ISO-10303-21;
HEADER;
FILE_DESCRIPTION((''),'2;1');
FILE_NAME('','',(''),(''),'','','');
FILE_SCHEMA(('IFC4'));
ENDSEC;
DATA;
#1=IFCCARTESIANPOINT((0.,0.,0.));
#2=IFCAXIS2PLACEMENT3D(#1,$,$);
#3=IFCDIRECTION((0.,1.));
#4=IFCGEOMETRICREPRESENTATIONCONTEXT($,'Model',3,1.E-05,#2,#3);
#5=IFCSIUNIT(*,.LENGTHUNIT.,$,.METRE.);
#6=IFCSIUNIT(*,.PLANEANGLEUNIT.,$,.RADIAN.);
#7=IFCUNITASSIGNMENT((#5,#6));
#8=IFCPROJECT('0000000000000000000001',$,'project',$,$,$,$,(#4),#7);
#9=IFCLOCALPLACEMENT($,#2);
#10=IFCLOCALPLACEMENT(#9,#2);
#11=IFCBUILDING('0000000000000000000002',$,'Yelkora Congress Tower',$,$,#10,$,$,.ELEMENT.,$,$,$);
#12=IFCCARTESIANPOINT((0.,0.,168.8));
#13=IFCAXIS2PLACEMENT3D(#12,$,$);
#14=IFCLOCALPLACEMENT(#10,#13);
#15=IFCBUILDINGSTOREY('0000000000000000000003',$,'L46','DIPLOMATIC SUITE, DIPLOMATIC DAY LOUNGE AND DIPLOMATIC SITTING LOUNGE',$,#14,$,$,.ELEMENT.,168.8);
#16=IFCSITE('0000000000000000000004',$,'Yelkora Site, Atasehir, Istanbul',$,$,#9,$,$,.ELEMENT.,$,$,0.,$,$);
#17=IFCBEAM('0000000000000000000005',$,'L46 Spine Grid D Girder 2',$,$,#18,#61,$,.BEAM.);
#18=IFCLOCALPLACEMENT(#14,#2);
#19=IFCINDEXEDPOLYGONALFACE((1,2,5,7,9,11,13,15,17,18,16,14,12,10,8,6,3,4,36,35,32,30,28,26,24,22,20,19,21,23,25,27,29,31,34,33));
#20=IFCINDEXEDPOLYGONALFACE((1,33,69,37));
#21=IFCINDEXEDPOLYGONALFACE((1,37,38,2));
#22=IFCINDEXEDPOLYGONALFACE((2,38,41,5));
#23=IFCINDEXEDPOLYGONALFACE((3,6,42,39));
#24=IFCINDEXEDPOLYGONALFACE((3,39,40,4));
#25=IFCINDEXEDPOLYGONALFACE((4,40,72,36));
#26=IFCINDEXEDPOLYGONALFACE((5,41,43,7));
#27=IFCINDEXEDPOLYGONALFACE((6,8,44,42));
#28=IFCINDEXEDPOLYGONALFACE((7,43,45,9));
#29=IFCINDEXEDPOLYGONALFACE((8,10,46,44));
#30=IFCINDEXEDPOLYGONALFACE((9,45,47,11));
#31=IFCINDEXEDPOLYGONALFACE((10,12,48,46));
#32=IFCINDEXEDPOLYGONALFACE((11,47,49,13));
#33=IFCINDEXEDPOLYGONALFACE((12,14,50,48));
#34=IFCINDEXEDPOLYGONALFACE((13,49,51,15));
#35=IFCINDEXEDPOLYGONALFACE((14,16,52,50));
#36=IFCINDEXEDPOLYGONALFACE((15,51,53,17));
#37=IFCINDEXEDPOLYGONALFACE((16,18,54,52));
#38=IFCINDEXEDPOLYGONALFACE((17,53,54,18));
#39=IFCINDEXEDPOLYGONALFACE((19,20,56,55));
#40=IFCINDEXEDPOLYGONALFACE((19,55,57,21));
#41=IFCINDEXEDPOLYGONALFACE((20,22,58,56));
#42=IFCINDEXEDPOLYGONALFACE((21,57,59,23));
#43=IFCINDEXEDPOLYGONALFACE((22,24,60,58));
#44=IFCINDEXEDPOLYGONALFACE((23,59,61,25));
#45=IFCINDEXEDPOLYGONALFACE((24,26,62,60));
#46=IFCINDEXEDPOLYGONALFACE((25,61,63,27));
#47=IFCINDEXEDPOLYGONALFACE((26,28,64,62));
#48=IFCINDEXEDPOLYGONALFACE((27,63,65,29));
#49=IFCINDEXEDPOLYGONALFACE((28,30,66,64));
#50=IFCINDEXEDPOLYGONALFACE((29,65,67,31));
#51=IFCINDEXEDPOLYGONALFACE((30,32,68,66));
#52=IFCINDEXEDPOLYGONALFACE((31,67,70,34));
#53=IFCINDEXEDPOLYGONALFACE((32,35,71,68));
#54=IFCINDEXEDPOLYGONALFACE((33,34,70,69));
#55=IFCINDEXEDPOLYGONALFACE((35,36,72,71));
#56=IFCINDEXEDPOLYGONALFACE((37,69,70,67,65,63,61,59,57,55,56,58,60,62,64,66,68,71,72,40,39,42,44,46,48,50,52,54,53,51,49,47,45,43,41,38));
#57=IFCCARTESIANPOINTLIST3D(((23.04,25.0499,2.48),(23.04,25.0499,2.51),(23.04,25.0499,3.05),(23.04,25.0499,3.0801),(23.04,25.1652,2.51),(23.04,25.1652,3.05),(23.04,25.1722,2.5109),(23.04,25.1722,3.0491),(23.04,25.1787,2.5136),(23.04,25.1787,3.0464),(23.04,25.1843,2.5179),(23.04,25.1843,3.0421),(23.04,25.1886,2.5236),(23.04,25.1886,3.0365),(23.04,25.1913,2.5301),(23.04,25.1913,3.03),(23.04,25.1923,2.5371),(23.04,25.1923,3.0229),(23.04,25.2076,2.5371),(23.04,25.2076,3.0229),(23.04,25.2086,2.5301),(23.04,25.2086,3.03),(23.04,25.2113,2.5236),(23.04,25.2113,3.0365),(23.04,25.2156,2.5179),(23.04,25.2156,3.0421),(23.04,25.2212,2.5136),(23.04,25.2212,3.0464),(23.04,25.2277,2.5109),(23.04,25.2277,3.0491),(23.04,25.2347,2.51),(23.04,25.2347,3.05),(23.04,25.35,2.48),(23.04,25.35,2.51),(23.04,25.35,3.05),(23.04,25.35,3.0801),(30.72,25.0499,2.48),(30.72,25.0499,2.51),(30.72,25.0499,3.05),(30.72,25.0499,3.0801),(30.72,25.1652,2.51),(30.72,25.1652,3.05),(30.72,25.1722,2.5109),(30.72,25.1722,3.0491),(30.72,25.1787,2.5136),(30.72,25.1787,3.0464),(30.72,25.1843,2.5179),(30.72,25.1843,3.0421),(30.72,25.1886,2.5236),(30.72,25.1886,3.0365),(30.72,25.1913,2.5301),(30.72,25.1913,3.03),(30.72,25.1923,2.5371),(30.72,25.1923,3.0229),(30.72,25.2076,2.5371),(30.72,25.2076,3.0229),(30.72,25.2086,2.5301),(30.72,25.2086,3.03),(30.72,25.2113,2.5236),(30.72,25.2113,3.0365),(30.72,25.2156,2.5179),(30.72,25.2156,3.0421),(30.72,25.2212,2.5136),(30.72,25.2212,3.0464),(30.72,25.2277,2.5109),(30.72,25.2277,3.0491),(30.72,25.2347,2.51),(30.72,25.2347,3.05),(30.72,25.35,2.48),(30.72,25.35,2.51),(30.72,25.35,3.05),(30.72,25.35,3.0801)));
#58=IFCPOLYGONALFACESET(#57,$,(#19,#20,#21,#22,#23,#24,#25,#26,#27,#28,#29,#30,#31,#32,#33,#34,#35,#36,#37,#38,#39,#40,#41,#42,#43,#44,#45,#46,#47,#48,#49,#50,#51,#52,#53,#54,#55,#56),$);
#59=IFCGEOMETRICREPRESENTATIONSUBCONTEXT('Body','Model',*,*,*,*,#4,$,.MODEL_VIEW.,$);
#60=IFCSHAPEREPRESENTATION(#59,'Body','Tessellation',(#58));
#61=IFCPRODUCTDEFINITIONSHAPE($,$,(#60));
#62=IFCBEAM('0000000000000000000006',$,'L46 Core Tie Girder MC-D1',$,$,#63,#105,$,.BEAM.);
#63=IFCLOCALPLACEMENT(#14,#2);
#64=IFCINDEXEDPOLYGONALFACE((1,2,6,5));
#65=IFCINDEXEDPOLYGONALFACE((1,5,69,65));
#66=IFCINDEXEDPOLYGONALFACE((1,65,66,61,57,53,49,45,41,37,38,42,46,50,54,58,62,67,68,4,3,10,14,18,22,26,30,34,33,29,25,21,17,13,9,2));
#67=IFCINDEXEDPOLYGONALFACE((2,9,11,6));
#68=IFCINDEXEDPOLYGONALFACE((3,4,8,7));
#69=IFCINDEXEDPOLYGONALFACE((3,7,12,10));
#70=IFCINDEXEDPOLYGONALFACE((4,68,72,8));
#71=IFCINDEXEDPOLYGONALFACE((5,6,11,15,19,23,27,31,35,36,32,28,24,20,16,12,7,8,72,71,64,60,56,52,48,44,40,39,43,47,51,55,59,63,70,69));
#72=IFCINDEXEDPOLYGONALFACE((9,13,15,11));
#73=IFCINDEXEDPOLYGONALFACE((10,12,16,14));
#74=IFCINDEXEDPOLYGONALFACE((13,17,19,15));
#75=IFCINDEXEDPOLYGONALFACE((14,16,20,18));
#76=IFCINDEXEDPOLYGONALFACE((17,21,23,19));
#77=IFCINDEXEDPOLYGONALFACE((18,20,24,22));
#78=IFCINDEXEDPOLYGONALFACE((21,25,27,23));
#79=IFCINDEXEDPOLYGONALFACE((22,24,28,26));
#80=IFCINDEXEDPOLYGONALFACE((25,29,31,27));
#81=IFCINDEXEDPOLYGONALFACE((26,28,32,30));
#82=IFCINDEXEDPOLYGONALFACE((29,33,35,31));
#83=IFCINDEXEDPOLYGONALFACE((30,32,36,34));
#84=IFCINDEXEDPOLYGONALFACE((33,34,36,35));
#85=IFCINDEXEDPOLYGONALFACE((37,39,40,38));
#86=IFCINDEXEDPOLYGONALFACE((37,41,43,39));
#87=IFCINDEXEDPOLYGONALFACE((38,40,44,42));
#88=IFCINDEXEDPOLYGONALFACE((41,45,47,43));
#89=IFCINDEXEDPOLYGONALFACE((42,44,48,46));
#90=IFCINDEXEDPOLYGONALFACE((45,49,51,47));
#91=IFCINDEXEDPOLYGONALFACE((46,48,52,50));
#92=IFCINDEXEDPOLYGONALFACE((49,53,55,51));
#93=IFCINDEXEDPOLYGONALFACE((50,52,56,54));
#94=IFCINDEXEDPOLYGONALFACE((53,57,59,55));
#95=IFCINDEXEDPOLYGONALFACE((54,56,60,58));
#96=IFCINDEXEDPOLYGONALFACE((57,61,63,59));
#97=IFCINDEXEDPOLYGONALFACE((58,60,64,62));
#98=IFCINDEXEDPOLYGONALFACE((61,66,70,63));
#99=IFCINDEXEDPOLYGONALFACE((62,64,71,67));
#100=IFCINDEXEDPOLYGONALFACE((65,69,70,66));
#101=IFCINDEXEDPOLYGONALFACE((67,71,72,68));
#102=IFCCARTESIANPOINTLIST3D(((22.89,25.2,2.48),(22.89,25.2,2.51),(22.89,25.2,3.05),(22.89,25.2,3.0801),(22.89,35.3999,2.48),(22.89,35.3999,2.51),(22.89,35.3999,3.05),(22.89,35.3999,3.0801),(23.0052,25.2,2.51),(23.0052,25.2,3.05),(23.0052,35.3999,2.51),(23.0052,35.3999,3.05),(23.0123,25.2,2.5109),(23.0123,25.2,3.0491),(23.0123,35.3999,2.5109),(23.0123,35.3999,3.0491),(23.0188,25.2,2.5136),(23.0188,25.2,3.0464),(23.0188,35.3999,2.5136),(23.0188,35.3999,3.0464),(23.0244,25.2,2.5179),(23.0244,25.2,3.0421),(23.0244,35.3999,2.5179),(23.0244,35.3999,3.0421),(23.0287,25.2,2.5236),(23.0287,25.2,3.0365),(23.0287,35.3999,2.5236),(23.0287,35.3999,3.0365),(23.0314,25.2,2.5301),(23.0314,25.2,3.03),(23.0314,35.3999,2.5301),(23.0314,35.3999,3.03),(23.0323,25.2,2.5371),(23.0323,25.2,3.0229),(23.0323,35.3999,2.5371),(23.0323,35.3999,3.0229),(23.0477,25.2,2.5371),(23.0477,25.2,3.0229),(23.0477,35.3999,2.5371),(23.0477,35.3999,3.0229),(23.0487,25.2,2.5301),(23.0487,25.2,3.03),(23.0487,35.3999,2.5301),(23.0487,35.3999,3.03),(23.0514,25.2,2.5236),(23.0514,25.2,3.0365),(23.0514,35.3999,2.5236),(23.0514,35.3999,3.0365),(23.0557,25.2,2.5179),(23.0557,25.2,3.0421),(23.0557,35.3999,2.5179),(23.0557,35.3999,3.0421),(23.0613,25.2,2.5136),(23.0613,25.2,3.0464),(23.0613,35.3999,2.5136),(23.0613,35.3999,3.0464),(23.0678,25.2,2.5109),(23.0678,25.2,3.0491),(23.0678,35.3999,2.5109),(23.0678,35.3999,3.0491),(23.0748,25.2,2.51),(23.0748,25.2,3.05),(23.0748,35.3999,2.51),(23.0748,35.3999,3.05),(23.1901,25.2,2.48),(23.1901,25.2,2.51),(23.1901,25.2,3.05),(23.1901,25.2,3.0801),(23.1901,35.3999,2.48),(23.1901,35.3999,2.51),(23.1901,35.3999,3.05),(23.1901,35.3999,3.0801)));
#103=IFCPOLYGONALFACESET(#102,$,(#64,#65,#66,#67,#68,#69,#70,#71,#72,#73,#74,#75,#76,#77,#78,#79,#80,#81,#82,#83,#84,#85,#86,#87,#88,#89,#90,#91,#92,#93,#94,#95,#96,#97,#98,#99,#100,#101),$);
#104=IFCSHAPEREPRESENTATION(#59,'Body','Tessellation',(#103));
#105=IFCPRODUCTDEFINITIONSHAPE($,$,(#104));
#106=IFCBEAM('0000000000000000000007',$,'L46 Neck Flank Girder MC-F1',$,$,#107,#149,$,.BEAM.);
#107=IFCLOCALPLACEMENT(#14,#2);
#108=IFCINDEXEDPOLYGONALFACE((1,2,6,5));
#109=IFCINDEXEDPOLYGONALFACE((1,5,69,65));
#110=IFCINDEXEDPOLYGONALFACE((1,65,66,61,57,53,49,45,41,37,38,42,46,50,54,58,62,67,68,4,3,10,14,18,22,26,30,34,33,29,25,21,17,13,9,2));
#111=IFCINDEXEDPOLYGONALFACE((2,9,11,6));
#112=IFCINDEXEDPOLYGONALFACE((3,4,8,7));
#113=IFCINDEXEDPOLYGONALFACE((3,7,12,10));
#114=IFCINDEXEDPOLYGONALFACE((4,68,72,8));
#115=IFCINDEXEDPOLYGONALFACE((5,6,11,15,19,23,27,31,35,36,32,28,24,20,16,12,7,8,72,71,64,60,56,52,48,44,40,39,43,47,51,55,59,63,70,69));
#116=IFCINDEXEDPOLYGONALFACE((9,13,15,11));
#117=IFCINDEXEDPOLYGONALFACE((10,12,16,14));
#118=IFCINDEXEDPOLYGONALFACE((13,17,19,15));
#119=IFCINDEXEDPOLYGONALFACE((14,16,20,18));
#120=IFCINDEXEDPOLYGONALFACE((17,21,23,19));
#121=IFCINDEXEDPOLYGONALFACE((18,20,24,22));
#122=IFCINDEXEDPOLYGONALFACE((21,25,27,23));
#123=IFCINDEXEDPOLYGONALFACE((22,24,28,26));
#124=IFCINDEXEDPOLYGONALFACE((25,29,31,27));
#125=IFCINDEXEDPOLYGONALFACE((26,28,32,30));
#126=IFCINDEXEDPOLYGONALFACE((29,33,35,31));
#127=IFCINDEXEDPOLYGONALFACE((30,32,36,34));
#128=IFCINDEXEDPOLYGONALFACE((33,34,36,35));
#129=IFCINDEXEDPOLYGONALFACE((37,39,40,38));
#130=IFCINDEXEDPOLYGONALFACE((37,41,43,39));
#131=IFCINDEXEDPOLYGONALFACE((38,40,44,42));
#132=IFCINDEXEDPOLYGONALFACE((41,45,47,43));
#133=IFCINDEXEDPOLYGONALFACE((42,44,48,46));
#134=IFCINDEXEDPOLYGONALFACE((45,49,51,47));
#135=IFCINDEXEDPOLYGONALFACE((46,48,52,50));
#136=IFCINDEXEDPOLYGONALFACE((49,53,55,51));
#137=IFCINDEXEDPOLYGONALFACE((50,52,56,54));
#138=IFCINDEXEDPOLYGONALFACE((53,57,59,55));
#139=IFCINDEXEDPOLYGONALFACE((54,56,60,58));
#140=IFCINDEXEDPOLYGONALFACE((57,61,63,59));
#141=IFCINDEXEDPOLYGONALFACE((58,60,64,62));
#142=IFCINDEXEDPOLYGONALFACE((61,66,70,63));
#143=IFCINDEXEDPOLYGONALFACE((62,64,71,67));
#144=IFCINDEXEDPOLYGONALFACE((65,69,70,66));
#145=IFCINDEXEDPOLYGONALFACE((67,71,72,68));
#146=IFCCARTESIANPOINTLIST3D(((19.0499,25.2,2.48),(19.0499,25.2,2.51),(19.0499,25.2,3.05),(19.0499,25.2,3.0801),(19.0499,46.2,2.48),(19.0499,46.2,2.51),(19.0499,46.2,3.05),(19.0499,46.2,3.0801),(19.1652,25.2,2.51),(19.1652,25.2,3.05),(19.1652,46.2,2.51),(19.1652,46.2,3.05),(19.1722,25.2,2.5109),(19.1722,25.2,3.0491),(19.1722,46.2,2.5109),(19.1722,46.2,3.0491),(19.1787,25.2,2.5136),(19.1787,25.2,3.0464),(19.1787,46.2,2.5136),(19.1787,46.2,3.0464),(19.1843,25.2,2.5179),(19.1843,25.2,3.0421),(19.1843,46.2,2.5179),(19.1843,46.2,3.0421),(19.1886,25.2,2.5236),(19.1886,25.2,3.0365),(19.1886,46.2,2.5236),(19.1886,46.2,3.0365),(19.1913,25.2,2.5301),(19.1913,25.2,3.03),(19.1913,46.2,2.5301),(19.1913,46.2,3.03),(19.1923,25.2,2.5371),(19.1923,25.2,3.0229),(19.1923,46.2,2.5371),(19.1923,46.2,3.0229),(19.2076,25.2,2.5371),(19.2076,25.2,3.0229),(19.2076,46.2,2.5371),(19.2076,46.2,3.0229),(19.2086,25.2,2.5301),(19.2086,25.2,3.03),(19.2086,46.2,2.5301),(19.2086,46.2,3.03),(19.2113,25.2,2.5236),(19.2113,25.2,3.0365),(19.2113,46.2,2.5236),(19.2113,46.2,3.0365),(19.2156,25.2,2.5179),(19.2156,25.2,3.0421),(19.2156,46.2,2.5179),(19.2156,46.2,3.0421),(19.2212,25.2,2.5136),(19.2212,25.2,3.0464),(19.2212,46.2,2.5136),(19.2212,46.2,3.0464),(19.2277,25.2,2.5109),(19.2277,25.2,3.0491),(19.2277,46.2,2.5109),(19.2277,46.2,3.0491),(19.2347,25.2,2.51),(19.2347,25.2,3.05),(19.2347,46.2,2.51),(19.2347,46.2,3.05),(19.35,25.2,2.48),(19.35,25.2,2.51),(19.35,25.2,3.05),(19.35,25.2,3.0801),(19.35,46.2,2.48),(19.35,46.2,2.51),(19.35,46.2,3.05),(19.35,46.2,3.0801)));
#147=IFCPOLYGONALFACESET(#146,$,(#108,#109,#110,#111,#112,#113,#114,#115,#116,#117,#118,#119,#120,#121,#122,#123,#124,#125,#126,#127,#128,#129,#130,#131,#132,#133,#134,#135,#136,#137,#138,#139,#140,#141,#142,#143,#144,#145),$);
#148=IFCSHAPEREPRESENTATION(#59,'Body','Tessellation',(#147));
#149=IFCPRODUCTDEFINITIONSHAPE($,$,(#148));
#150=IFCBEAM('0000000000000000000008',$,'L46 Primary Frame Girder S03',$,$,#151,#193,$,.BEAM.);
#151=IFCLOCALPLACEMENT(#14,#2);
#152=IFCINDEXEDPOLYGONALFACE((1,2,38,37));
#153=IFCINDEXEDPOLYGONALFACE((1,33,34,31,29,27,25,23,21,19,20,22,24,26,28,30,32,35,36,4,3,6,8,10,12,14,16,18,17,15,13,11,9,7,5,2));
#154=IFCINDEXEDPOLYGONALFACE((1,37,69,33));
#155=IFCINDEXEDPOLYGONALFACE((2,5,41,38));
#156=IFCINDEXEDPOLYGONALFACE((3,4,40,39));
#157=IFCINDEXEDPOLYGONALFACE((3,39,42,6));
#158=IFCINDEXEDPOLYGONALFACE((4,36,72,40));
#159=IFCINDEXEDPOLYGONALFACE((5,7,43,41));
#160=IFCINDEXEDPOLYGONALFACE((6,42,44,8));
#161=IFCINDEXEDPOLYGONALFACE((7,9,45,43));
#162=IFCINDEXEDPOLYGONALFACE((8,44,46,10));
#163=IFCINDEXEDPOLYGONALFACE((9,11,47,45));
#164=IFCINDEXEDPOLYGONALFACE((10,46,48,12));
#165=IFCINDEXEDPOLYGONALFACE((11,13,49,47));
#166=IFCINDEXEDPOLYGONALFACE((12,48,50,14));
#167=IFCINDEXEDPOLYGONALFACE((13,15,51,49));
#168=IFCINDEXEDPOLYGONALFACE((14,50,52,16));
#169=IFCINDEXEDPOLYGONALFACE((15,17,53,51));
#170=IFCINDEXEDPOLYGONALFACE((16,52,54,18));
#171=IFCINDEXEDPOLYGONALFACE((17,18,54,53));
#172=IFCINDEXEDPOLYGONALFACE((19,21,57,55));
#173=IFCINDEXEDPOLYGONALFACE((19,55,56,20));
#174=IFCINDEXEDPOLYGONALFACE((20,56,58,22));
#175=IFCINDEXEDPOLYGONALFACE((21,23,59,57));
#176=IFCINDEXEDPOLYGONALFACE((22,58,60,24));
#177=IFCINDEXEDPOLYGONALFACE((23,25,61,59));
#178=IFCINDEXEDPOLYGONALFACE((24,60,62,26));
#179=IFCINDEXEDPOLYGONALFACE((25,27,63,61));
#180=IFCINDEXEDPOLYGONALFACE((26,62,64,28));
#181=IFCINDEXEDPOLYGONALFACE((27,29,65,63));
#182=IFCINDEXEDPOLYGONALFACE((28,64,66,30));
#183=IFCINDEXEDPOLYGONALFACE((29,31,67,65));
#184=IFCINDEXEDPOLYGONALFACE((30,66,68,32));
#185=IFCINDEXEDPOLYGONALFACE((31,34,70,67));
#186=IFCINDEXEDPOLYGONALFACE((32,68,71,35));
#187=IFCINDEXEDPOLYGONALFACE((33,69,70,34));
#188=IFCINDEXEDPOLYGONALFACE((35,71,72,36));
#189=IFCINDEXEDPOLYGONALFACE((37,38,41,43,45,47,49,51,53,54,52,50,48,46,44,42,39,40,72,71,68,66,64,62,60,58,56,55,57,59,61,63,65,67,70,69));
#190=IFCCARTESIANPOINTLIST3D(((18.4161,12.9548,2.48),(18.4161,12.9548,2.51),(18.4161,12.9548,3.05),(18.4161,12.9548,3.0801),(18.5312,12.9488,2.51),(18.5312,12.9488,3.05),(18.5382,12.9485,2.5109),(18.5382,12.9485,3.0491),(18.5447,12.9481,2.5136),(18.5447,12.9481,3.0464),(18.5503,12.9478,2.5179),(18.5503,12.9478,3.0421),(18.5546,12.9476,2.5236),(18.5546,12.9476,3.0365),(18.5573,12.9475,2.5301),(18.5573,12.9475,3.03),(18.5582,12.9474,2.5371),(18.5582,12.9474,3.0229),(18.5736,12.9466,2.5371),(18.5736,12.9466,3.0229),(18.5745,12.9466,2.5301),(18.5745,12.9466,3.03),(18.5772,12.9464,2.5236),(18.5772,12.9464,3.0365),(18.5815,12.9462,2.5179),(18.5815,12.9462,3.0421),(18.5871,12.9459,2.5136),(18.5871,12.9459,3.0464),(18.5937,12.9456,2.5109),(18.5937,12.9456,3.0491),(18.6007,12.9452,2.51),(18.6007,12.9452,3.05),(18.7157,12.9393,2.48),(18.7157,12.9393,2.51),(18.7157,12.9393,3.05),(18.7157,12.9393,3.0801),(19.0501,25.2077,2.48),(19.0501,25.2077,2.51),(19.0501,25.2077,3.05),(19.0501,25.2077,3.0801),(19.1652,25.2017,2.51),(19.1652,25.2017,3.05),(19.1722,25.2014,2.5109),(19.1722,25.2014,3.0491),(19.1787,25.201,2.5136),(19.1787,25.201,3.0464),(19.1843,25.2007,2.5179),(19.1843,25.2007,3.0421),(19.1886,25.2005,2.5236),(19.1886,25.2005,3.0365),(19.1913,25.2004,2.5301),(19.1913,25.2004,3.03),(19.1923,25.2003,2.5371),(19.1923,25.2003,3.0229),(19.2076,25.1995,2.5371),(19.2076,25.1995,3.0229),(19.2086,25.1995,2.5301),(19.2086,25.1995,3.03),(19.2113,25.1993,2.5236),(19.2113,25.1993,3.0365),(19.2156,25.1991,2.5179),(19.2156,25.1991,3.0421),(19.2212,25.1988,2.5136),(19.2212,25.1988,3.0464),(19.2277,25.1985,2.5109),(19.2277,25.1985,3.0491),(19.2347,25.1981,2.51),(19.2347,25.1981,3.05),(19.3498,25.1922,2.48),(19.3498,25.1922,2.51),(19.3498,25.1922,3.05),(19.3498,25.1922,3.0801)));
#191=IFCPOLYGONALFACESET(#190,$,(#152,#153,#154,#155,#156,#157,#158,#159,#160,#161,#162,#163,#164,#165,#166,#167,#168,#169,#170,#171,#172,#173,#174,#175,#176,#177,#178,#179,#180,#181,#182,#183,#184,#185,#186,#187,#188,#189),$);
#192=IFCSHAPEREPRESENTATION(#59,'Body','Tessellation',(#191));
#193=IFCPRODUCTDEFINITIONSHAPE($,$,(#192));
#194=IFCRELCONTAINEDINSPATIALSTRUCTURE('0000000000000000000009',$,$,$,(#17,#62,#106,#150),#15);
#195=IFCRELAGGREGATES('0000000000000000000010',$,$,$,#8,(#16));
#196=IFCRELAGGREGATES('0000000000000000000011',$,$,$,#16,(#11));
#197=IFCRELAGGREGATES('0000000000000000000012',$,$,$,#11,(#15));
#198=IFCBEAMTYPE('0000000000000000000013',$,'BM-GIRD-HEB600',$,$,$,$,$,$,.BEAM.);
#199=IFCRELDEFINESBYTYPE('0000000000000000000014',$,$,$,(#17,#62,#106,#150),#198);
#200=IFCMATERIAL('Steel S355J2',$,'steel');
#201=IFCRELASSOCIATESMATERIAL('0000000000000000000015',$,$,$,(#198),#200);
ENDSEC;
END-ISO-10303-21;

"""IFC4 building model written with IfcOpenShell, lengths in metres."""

from ifc_helpers import new_model, si_unit, direction, frame, origin, origin_2d, place, context, subcontext, project, spatial, i_section, extrude, material, material_profile, profile_set, type_object, element, save


model = new_model("IFC4")

# Units and contexts
model_context = context("Model", 3, precision=1e-05, world=origin(), true_north=direction((0.0, 1.0)))
body_context = subcontext(model_context, "Body", "Model", "MODEL_VIEW")
ifc_project = project(units=[si_unit("LENGTHUNIT", "METRE"), si_unit("PLANEANGLEUNIT", "RADIAN")], contexts=[model_context])

# Site, building, storey
site_placement = place(None, origin())
site = spatial("IfcSite", under=ifc_project, at=site_placement, Name="Yelkora Site, Atasehir, Istanbul", CompositionType="ELEMENT", RefElevation=0.0)
building_placement = place(site_placement, origin())
building = spatial("IfcBuilding", under=site, at=building_placement, Name="Yelkora Congress Tower", CompositionType="ELEMENT")
storey_placement = place(building_placement, frame((0.0, 0.0, 168.8)))
storey = spatial("IfcBuildingStorey", under=building, at=storey_placement, Name="L46", Description="DIPLOMATIC SUITE, DIPLOMATIC DAY LOUNGE AND DIPLOMATIC SITTING LOUNGE", CompositionType="ELEMENT", Elevation=168.8)

# Beams
ifc_material_1 = material(Name="Steel S355J2", Category="steel")
ifc_material_profile_1 = material_profile(ifc_material_1, i_section(OverallWidth=0.3, OverallDepth=0.6001, WebThickness=0.0154, FlangeThickness=0.03, FilletRadius=0.0271, at=origin_2d()), Name="HEB 600")
ifc_profile_set_1 = profile_set([ifc_material_profile_1], Name="Steel S355J2")
beam_type_1 = type_object("IfcBeamType", Name="BM-GIRD-HEB600", PredefinedType="BEAM", material=ifc_profile_set_1)
beam_1_placement = place(storey_placement, frame((23.04, 25.2, 2.78), z_axis=(1.0, 0.0, 0.0), x_axis=(0.0, 1.0, 0.0)))
element("IfcBeam", 1, at=beam_1_placement, inside=storey, type_object=beam_type_1, Name="L46 Spine Grid D Girder 2", PredefinedType="BEAM", context=body_context, shape_type="SweptSolid", body=[
    extrude(i_section(OverallWidth=0.3, OverallDepth=0.6001, WebThickness=0.0154, FlangeThickness=0.03, FilletRadius=0.0271, at=origin_2d()), origin(), (0.0, 0.0, 1.0), 7.6799),
])
beam_2_placement = place(storey_placement, frame((23.04, 25.2, 2.78), z_axis=(0.0, 1.0, 0.0), x_axis=(-1.0, 0.0, 0.0)))
element("IfcBeam", 2, at=beam_2_placement, inside=storey, type_object=beam_type_1, Name="L46 Core Tie Girder MC-D1", PredefinedType="BEAM", context=body_context, shape_type="SweptSolid", body=[
    extrude(i_section(OverallWidth=0.3, OverallDepth=0.6001, WebThickness=0.0154, FlangeThickness=0.03, FilletRadius=0.0271, at=origin_2d()), origin(), (0.0, 0.0, 1.0), 10.2),
])
beam_3_placement = place(storey_placement, frame((19.2, 25.2, 2.78), z_axis=(0.0, 1.0, 0.0), x_axis=(-1.0, 0.0, 0.0)))
element("IfcBeam", 3, at=beam_3_placement, inside=storey, type_object=beam_type_1, Name="L46 Neck Flank Girder MC-F1", PredefinedType="BEAM", context=body_context, shape_type="SweptSolid", body=[
    extrude(i_section(OverallWidth=0.3, OverallDepth=0.6001, WebThickness=0.0154, FlangeThickness=0.03, FilletRadius=0.0271, at=origin_2d()), origin(), (0.0, 0.0, 1.0), 21.0),
])
beam_4_placement = place(storey_placement, frame((18.5659, 12.947, 2.78), z_axis=(0.051676, 0.998664, 0.0), x_axis=(-0.998664, 0.051676, 0.0)))
element("IfcBeam", 4, at=beam_4_placement, inside=storey, type_object=beam_type_1, Name="L46 Primary Frame Girder S03", PredefinedType="BEAM", context=body_context, shape_type="SweptSolid", body=[
    extrude(i_section(OverallWidth=0.3, OverallDepth=0.6001, WebThickness=0.0154, FlangeThickness=0.03, FilletRadius=0.0271, at=origin_2d()), origin(), (0.0, 0.0, 1.0), 12.2693),
])

save(model, "model.ifc")
